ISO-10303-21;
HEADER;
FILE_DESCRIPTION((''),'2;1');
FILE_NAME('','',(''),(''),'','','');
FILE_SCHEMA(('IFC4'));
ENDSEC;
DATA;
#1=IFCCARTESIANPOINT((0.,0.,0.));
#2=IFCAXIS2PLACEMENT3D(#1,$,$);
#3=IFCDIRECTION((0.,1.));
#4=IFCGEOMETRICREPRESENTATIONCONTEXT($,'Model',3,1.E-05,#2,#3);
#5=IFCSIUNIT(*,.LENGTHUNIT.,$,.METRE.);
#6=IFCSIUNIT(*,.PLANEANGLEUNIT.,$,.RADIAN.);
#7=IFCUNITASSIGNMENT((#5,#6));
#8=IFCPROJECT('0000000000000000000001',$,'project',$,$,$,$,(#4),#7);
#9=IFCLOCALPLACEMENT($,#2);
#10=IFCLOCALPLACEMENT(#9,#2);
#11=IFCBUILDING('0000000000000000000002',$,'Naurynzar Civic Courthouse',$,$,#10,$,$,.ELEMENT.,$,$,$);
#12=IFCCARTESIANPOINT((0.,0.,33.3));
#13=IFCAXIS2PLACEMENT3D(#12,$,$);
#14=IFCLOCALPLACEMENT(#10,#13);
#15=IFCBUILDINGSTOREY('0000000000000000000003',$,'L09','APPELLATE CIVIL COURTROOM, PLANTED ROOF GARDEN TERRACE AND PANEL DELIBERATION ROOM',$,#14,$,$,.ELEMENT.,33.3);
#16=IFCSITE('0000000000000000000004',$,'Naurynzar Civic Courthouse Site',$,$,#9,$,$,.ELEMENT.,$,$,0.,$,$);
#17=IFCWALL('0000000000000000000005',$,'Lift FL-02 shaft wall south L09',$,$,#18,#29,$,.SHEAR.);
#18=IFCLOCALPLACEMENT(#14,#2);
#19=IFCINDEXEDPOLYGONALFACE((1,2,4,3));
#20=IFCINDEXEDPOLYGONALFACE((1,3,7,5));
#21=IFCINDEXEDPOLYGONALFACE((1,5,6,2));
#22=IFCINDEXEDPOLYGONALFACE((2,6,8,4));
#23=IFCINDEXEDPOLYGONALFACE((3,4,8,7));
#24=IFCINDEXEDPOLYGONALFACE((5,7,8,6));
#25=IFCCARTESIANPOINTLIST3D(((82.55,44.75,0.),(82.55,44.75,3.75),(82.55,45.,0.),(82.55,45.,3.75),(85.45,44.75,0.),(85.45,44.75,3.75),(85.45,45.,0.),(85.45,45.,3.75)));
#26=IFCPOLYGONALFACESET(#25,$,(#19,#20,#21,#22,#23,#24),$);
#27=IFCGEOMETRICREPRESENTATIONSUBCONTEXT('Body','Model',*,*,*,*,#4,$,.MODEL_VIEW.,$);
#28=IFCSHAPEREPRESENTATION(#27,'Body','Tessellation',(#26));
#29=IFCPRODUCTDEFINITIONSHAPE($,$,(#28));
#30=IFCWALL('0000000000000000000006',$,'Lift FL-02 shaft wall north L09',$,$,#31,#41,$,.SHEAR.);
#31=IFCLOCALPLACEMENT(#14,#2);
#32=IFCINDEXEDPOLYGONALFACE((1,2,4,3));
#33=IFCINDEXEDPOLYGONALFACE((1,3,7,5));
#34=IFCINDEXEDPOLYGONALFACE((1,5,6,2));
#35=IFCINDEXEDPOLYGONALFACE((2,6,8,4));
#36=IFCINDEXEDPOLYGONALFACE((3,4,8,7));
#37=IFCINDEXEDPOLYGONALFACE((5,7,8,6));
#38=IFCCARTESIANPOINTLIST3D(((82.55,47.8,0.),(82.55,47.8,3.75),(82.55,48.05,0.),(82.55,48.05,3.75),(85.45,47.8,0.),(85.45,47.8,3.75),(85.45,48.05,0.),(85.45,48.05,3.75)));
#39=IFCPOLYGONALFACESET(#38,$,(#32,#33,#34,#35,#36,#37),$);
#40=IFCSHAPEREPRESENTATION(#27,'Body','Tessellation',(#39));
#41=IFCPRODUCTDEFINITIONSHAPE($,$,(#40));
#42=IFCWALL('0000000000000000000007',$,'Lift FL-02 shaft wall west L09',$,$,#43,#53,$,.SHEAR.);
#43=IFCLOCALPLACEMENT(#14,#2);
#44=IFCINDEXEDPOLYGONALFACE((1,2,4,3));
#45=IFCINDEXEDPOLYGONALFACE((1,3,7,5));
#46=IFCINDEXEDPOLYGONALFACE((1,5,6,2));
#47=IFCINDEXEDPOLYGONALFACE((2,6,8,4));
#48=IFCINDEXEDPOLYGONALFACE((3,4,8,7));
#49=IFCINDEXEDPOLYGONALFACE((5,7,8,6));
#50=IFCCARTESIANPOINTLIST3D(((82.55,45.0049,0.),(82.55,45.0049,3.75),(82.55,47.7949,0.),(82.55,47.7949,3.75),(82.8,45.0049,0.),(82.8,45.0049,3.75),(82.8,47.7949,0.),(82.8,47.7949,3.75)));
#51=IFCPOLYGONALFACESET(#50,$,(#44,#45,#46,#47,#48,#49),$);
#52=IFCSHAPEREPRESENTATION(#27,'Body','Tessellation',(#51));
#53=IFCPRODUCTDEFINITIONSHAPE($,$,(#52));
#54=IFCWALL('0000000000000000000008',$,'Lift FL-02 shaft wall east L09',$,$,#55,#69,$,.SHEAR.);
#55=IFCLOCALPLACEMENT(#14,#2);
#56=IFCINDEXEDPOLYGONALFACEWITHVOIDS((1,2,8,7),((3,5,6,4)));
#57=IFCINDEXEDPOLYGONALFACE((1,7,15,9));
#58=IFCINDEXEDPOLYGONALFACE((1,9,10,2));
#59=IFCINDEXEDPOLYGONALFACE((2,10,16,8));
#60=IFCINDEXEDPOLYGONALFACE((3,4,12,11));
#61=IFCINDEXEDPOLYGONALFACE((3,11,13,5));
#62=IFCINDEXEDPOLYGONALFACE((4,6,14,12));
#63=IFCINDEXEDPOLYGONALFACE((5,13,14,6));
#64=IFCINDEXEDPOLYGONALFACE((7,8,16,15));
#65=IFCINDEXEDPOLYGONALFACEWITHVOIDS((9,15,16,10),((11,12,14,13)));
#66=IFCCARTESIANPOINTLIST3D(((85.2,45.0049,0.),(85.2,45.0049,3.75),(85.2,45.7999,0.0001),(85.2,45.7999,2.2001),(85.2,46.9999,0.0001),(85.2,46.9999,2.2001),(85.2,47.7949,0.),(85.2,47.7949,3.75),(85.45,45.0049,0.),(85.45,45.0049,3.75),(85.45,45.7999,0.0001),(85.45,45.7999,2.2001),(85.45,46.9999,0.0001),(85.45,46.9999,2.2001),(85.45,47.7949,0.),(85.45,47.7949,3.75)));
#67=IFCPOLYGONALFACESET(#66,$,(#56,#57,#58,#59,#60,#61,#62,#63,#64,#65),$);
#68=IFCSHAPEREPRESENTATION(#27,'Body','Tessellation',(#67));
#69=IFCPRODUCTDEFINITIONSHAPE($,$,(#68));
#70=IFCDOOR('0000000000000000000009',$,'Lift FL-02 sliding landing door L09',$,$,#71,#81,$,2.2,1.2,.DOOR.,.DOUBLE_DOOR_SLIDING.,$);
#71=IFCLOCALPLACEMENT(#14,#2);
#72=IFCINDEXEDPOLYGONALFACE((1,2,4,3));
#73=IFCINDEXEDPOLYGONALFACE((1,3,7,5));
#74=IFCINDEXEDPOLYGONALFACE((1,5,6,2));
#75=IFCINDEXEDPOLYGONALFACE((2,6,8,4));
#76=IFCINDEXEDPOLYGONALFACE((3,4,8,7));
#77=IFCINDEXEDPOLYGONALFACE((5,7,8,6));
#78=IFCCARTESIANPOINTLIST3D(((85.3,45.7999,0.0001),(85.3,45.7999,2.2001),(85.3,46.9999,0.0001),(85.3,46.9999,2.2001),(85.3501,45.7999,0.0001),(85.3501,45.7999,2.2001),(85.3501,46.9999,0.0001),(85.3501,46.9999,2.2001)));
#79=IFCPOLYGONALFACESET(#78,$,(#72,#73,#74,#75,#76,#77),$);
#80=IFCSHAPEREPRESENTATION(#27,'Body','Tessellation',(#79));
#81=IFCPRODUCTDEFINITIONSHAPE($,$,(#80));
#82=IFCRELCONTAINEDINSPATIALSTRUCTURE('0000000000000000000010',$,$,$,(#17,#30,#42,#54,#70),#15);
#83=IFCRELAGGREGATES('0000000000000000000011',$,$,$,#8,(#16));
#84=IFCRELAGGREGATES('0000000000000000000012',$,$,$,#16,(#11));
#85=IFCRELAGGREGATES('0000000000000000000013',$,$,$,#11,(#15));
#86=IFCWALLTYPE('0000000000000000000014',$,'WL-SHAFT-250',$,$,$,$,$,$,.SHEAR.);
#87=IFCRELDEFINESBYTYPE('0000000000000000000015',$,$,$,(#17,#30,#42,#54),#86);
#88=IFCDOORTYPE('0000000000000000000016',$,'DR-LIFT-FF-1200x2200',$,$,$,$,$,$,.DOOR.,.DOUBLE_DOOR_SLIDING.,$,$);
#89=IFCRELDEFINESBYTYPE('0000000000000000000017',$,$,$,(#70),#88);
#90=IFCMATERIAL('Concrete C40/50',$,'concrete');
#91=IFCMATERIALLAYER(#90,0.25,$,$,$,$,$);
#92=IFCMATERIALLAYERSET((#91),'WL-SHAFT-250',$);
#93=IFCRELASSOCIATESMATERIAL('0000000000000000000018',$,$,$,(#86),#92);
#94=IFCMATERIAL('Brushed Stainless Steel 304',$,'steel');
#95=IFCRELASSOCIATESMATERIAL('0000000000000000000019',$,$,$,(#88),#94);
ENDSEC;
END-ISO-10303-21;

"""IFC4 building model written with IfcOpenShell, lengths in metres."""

from ifc_helpers import new_model, si_unit, direction, frame, frame_2d, origin, place, context, subcontext, project, spatial, rectangle, extrude, material, layer, layer_set, type_object, element, fill, save


model = new_model("IFC4")

# Units and contexts
model_context = context("Model", 3, precision=1e-05, world=origin(), true_north=direction((0.0, 1.0)))
body_context = subcontext(model_context, "Body", "Model", "MODEL_VIEW")
ifc_project = project(units=[si_unit("LENGTHUNIT", "METRE"), si_unit("PLANEANGLEUNIT", "RADIAN")], contexts=[model_context])

# Site, building, storey
site_placement = place(None, origin())
site = spatial("IfcSite", under=ifc_project, at=site_placement, Name="Naurynzar Civic Courthouse Site", CompositionType="ELEMENT", RefElevation=0.0)
building_placement = place(site_placement, origin())
building = spatial("IfcBuilding", under=site, at=building_placement, Name="Naurynzar Civic Courthouse", CompositionType="ELEMENT")
storey_placement = place(building_placement, frame((0.0, 0.0, 33.3)))
storey = spatial("IfcBuildingStorey", under=building, at=storey_placement, Name="L09", Description="APPELLATE CIVIL COURTROOM, PLANTED ROOF GARDEN TERRACE AND PANEL DELIBERATION ROOM", CompositionType="ELEMENT", Elevation=33.3)

# Shared definitions
ifc_material_1 = material(Name="Concrete C40/50", Category="concrete")
ifc_layer_1 = layer(ifc_material_1, 0.25)
ifc_layer_set_1 = layer_set([ifc_layer_1], Name="WL-SHAFT-250")
wall_type_1 = type_object("IfcWallType", Name="WL-SHAFT-250", PredefinedType="SHEAR", material=ifc_layer_set_1)

# Walls
for number, where, z_axis, x_axis, name in (
    (1, (82.55, 44.875, 0.0), (0.0, 0.0, 1.0), (1.0, 0.0, 0.0), "Lift FL-02 shaft wall south L09"),
    (2, (85.45, 47.925, 0.0), (0.0, 0.0, 1.0), (-1.0, 0.0, 0.0), "Lift FL-02 shaft wall north L09"),
):
    element("IfcWall", number, at=place(storey_placement, frame(where, z_axis=z_axis, x_axis=x_axis)), inside=storey, type_object=wall_type_1, Name=name, PredefinedType="SHEAR", context=body_context, shape_type="SweptSolid", body=[
        extrude(rectangle(XDim=2.8999, YDim=0.25, at=frame_2d((1.45, 0.0))), origin(), (0.0, 0.0, 1.0), 3.75),
    ])
wall_1_placement = place(storey_placement, frame((82.675, 47.7949, 0.0), z_axis=(0.0, 0.0, 1.0), x_axis=(0.0, -1.0, 0.0)))
element("IfcWall", 3, at=wall_1_placement, inside=storey, type_object=wall_type_1, Name="Lift FL-02 shaft wall west L09", PredefinedType="SHEAR", context=body_context, shape_type="SweptSolid", body=[
    extrude(rectangle(XDim=2.79, YDim=0.25, at=frame_2d((1.395, 0.0))), origin(), (0.0, 0.0, 1.0), 3.75),
])

# Wall, opening, door
wall_2_placement = place(storey_placement, frame((85.325, 45.0049, 0.0), z_axis=(0.0, 0.0, 1.0), x_axis=(0.0, 1.0, 0.0)))
wall_2 = element("IfcWall", 4, at=wall_2_placement, inside=storey, type_object=wall_type_1, Name="Lift FL-02 shaft wall east L09", PredefinedType="SHEAR", context=body_context, shape_type="SweptSolid", body=[
    extrude(rectangle(XDim=2.79, YDim=0.25, at=frame_2d((1.395, 0.0))), origin(), (0.0, 0.0, 1.0), 3.75),
])
opening_1_placement = place(wall_2_placement, frame((0.7949, 0.0, 0.0)))
opening_1 = element("IfcOpeningElement", 5, at=opening_1_placement, cuts=wall_2, PredefinedType="OPENING", context=body_context, shape_type="SweptSolid", body=[
    extrude(rectangle(XDim=1.2, YDim=2.2, at=frame_2d((0.6001, 1.1001))), frame((0.0, 0.135, 0.0), z_axis=(0.0, -1.0, 0.0), x_axis=(1.0, 0.0, 0.0)), (0.0, 0.0, 1.0), 0.27),
])
ifc_material_2 = material(Name="Brushed Stainless Steel 304", Category="steel")
door_type_1 = type_object("IfcDoorType", Name="DR-LIFT-FF-1200x2200", OperationType="DOUBLE_DOOR_SLIDING", PredefinedType="DOOR", material=ifc_material_2)
door_1_placement = place(opening_1_placement, origin())
door_1 = element("IfcDoor", 6, at=door_1_placement, inside=storey, type_object=door_type_1, Name="Lift FL-02 sliding landing door L09", OperationType="DOUBLE_DOOR_SLIDING", OverallHeight=2.2, OverallWidth=1.2, PredefinedType="DOOR", context=body_context, shape_type="SweptSolid", body=[
    extrude(rectangle(XDim=1.2, YDim=2.2, at=frame_2d((0.6001, 1.1001))), frame((0.0, 0.0249, 0.0), z_axis=(0.0, -1.0, 0.0), x_axis=(1.0, 0.0, 0.0)), (0.0, 0.0, 1.0), 0.05),
])
fill(opening_1, door_1)

save(model, "model.ifc")
